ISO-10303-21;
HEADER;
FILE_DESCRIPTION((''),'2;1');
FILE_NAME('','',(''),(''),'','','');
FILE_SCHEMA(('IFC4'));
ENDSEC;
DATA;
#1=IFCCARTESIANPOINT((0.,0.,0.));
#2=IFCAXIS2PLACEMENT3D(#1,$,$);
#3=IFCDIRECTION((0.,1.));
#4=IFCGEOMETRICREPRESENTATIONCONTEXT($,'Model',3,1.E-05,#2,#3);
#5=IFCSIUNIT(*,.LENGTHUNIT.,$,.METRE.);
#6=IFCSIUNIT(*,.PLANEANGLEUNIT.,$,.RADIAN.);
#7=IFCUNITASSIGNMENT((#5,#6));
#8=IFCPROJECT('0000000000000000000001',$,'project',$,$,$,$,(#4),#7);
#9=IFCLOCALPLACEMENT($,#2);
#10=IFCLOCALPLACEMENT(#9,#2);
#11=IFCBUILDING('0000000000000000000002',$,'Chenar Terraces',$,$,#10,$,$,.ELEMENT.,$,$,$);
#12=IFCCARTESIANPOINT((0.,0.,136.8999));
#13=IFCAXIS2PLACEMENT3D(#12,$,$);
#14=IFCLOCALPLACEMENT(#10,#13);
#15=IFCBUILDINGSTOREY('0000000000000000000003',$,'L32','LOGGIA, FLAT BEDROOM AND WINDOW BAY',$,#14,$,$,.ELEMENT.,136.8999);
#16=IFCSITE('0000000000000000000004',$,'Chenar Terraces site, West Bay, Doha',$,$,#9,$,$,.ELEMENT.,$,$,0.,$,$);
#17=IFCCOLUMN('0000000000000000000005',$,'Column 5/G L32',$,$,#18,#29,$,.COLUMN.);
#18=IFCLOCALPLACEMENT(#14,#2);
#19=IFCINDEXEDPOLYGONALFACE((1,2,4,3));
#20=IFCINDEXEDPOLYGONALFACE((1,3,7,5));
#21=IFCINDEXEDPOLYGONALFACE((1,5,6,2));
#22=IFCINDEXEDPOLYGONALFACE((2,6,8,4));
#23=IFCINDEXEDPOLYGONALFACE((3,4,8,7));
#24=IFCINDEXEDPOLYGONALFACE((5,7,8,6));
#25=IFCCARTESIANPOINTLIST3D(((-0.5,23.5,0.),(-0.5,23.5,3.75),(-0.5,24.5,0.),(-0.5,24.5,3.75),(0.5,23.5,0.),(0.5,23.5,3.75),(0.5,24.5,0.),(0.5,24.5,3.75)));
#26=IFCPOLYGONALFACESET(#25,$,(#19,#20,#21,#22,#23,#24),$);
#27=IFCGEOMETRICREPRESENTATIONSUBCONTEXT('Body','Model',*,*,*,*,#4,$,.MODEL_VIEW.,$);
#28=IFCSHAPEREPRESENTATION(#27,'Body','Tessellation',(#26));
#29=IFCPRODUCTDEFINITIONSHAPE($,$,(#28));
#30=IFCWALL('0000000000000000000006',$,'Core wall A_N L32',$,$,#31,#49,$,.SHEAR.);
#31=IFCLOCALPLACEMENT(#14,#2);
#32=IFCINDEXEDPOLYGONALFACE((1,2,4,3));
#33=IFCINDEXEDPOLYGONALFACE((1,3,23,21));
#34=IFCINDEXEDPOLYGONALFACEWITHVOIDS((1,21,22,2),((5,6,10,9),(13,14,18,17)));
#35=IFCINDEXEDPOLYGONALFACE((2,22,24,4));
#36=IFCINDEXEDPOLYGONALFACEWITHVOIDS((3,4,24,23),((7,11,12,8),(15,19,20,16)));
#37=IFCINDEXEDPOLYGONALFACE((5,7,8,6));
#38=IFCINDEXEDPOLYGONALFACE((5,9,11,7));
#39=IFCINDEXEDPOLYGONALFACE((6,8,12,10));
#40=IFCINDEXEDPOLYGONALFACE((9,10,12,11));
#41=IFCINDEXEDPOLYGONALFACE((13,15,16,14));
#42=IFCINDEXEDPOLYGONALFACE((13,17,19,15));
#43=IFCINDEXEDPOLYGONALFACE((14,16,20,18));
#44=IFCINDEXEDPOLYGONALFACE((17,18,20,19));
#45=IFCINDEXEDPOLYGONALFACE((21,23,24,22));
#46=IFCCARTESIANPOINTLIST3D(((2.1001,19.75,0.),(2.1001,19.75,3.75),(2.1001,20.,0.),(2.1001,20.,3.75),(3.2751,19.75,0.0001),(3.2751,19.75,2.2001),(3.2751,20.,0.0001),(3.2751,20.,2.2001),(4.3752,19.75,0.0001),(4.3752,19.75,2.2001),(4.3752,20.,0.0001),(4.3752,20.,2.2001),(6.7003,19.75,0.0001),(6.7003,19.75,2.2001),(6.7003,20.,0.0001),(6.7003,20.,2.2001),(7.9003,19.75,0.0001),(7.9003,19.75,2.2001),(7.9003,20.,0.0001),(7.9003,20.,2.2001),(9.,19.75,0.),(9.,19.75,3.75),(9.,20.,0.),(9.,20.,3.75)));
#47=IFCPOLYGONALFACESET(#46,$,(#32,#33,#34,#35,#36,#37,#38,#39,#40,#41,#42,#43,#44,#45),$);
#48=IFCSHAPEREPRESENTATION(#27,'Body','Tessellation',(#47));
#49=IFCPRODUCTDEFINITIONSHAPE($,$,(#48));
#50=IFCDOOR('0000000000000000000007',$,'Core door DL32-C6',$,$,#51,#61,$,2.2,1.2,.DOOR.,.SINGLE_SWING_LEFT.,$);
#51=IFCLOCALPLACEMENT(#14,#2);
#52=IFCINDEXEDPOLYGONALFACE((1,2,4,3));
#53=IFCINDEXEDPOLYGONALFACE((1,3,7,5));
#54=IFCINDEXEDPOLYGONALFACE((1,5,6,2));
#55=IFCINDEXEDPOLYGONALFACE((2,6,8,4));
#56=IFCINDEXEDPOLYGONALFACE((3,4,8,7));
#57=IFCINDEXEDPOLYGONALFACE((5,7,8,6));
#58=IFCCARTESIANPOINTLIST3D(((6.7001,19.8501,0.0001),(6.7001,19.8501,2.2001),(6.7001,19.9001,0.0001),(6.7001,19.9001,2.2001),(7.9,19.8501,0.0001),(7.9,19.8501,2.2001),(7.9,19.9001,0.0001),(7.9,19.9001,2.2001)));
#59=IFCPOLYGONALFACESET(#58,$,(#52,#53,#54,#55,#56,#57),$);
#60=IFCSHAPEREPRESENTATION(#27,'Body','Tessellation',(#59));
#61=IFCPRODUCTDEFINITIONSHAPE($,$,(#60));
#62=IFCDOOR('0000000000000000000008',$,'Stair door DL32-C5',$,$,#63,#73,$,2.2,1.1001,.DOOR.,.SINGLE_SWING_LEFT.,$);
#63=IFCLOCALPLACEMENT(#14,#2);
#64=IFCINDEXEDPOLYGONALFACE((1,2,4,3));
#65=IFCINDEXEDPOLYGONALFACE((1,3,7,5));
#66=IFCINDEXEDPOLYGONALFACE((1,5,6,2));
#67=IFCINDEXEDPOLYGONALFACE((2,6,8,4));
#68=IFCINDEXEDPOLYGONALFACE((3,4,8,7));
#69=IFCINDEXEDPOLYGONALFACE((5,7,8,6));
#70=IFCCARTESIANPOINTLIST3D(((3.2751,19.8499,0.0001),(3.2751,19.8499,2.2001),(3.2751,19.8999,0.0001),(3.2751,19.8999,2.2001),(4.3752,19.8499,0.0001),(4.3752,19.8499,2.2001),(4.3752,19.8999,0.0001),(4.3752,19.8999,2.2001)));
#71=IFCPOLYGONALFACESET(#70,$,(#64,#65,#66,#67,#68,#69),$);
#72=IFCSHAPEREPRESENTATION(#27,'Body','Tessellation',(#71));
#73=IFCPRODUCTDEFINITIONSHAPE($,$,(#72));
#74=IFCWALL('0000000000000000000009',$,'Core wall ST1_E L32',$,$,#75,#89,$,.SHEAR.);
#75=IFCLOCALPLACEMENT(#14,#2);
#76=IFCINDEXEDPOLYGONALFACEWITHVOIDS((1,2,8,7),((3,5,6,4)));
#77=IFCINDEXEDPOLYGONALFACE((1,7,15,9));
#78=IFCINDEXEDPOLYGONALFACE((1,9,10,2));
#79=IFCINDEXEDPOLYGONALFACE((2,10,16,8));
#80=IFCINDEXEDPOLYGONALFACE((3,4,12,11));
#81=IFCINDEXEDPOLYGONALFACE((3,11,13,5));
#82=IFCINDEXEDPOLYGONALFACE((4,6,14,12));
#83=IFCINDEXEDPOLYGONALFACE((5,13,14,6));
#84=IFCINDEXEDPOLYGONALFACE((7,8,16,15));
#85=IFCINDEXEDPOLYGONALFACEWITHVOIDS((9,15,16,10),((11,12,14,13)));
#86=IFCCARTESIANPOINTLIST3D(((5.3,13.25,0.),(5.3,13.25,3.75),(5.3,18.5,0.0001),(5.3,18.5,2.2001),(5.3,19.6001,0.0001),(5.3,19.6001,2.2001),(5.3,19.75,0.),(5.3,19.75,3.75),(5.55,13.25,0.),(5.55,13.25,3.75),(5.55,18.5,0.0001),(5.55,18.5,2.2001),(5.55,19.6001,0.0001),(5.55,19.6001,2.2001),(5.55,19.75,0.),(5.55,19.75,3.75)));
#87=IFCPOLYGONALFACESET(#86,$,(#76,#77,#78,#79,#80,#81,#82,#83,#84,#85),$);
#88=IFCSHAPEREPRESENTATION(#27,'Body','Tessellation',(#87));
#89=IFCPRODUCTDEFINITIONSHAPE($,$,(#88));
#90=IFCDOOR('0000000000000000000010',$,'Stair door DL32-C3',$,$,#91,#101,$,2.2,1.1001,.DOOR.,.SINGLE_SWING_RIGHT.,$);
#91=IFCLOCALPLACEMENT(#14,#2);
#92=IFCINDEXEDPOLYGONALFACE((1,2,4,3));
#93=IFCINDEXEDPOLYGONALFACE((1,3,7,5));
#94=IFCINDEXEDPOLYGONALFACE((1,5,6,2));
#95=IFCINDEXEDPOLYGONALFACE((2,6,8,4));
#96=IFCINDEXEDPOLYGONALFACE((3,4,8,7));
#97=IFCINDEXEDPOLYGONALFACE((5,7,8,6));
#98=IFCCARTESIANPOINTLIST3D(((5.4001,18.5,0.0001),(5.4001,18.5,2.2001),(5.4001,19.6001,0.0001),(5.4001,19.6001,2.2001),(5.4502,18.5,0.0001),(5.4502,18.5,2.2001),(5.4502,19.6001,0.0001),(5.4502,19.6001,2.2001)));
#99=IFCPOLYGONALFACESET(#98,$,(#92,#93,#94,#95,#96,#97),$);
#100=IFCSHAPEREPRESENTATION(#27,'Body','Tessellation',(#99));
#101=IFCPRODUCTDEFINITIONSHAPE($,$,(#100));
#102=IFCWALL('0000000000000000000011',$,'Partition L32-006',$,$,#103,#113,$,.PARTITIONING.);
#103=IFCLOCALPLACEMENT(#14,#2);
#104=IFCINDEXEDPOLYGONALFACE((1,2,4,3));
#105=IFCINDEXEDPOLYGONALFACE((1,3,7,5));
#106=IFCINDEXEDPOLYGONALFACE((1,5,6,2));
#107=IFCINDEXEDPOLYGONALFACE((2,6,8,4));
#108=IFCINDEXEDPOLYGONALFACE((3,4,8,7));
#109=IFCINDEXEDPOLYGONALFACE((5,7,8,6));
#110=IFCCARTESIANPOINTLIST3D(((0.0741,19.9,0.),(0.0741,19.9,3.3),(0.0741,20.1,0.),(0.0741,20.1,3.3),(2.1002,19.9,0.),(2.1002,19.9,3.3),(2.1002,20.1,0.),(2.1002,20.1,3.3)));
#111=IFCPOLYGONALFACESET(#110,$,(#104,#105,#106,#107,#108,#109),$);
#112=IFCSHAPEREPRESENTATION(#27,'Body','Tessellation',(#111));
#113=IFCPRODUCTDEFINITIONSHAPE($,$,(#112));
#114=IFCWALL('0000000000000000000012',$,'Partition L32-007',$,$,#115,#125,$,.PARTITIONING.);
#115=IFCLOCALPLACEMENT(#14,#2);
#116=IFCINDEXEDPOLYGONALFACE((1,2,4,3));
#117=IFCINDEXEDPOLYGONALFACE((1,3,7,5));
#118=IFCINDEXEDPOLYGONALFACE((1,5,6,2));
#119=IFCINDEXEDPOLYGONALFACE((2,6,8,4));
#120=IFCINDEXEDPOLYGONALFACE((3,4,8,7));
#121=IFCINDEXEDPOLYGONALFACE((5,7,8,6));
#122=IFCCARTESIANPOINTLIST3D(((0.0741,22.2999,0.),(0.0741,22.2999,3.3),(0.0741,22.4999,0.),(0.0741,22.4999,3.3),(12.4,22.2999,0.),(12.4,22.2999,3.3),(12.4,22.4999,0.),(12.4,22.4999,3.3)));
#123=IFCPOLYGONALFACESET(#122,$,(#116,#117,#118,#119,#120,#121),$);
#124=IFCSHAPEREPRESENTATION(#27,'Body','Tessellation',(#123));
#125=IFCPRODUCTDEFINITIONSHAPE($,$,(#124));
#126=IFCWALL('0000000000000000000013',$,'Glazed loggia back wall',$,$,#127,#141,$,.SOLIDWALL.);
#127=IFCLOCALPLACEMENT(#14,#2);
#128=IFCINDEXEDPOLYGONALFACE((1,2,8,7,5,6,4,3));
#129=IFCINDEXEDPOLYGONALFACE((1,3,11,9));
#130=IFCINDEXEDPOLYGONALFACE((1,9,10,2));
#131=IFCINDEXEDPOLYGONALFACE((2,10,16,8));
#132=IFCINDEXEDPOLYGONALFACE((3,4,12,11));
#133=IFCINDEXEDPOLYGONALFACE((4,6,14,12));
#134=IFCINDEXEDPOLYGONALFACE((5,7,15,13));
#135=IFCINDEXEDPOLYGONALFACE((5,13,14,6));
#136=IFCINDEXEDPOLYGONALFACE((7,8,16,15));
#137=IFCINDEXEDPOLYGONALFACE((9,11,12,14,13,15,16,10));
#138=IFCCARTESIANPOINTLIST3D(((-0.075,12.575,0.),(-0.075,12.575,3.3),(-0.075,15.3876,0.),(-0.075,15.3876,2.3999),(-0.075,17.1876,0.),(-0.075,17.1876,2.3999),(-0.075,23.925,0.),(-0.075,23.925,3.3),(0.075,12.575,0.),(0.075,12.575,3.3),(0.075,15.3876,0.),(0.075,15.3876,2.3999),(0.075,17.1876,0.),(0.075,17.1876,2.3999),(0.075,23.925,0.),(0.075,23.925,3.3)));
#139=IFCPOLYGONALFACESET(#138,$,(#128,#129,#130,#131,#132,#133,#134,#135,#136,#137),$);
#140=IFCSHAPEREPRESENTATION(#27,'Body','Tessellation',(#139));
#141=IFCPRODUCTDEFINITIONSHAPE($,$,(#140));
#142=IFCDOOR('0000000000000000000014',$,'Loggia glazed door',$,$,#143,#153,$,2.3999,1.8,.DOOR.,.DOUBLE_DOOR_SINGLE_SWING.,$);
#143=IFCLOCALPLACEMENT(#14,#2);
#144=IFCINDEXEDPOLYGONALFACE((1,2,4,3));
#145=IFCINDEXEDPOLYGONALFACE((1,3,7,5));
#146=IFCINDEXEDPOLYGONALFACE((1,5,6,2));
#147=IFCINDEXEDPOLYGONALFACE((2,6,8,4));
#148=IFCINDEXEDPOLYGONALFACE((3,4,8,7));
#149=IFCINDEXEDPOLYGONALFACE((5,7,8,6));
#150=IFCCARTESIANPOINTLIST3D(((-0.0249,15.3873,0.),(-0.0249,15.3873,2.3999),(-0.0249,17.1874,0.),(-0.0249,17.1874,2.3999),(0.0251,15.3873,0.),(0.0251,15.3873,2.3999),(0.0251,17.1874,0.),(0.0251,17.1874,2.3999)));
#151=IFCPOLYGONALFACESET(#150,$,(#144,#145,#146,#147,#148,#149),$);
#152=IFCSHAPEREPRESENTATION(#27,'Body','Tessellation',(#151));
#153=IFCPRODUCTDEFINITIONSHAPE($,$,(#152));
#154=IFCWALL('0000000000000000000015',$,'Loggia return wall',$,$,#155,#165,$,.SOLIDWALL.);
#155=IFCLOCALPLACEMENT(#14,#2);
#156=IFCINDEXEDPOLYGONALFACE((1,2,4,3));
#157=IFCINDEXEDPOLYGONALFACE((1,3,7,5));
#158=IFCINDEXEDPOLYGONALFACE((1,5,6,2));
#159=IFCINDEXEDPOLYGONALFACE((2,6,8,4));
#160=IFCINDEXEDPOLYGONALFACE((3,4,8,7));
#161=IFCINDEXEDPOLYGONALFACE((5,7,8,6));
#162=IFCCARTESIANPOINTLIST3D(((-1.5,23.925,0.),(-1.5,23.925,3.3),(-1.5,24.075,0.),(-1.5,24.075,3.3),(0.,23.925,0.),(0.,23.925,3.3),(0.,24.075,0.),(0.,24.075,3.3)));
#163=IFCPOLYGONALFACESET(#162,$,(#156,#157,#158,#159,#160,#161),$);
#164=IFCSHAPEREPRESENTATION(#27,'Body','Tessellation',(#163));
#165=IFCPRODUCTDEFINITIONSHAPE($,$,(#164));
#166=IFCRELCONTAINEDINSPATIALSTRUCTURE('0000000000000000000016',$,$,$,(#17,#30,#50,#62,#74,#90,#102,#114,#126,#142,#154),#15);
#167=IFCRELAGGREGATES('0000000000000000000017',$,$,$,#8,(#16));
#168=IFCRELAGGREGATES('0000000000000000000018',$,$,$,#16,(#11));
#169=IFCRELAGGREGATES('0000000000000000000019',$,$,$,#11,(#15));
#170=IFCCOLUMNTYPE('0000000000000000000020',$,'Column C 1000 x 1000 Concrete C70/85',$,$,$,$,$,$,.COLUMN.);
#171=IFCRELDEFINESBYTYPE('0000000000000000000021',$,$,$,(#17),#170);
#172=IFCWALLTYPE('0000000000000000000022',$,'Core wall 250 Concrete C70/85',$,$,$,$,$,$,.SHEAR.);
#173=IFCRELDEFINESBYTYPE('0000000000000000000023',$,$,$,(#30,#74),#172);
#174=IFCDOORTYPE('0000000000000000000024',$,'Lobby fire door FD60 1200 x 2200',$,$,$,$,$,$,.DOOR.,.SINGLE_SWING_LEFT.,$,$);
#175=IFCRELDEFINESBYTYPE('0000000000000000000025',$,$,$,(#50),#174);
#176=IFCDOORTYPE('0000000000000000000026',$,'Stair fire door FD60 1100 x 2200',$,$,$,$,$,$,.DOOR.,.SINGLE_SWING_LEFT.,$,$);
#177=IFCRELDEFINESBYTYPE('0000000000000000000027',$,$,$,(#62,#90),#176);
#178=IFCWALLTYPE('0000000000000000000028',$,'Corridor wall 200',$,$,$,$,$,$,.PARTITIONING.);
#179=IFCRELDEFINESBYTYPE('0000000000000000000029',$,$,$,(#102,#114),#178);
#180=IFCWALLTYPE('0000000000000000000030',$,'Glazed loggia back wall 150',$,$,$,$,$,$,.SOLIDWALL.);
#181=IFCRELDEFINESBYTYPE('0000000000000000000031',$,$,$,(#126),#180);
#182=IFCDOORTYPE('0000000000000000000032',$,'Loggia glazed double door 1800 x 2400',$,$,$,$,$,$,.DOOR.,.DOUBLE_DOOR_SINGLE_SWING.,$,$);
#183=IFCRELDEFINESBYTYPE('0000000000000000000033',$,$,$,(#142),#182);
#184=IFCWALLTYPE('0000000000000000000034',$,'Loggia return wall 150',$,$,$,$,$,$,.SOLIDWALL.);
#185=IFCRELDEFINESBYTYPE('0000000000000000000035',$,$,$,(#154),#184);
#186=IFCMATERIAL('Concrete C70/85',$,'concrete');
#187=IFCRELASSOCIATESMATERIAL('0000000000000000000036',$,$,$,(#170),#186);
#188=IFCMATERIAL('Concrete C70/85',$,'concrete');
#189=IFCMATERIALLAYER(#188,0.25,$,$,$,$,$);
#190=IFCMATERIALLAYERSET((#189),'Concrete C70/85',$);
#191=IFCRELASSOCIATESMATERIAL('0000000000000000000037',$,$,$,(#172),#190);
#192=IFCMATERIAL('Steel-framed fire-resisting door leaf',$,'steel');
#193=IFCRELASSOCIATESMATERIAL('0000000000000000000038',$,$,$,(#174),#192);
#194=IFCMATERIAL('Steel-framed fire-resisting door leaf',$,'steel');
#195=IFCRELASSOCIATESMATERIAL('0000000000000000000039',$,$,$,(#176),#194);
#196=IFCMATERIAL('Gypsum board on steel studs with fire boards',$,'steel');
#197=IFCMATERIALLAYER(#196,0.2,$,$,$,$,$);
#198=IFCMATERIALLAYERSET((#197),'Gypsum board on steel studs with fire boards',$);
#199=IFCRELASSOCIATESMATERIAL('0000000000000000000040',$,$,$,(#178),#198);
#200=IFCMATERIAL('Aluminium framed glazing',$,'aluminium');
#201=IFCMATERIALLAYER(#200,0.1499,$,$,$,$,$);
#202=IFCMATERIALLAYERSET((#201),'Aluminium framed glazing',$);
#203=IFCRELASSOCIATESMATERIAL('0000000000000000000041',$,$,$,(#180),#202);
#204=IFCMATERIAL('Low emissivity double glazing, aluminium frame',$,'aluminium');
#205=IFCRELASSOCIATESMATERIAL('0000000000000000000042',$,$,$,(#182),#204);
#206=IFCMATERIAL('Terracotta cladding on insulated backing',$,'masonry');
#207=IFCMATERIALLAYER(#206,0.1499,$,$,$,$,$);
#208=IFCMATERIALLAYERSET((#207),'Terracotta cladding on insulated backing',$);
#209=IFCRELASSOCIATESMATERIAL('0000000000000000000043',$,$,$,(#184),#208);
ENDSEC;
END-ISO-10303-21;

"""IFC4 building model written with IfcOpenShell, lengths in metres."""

from ifc_helpers import new_model, si_unit, direction, frame, frame_2d, origin, origin_2d, place, context, subcontext, project, spatial, rectangle, extrude, material, layer, layer_set, material_profile, profile_set, type_object, element, fill, save


model = new_model("IFC4")

# Units and contexts
model_context = context("Model", 3, precision=1e-05, world=origin(), true_north=direction((0.0, 1.0)))
body_context = subcontext(model_context, "Body", "Model", "MODEL_VIEW")
ifc_project = project(units=[si_unit("LENGTHUNIT", "METRE"), si_unit("PLANEANGLEUNIT", "RADIAN")], contexts=[model_context])

# Site, building, storey
site_placement = place(None, origin())
site = spatial("IfcSite", under=ifc_project, at=site_placement, Name="Chenar Terraces site, West Bay, Doha", CompositionType="ELEMENT", RefElevation=0.0)
building_placement = place(site_placement, origin())
building = spatial("IfcBuilding", under=site, at=building_placement, Name="Chenar Terraces", CompositionType="ELEMENT")
storey_placement = place(building_placement, frame((0.0, 0.0, 136.8999)))
storey = spatial("IfcBuildingStorey", under=building, at=storey_placement, Name="L32", Description="LOGGIA, FLAT BEDROOM AND WINDOW BAY", CompositionType="ELEMENT", Elevation=136.8999)

# Column
ifc_material_1 = material(Name="Concrete C70/85", Category="concrete")
ifc_material_profile = material_profile(ifc_material_1, rectangle(XDim=1.0, YDim=1.0, at=origin_2d()), Name="C 1000 x 1000")
ifc_profile_set = profile_set([ifc_material_profile], Name="Concrete C70/85")
column_type = type_object("IfcColumnType", Name="Column C 1000 x 1000 Concrete C70/85", PredefinedType="COLUMN", material=ifc_profile_set)
column_placement = place(storey_placement, frame((0.0, 24.0, 0.0), z_axis=(0.0, 0.0, 1.0), x_axis=(1.0, 0.0, 0.0)))
element("IfcColumn", 1, at=column_placement, inside=storey, type_object=column_type, Name="Column 5/G L32", PredefinedType="COLUMN", context=body_context, shape_type="SweptSolid", body=[
    extrude(rectangle(XDim=1.0, YDim=1.0, at=origin_2d()), origin(), (0.0, 0.0, 1.0), 3.75),
])

# Wall, openings, doors
ifc_material_2 = material(Name="Concrete C70/85", Category="concrete")
ifc_layer_1 = layer(ifc_material_2, 0.25)
ifc_layer_set_1 = layer_set([ifc_layer_1], Name="Concrete C70/85")
wall_type_1 = type_object("IfcWallType", Name="Core wall 250 Concrete C70/85", PredefinedType="SHEAR", material=ifc_layer_set_1)
wall_1_placement = place(storey_placement, frame((2.1001, 19.875, 0.0), z_axis=(0.0, 0.0, 1.0), x_axis=(1.0, 0.0, 0.0)))
wall_1 = element("IfcWall", 2, at=wall_1_placement, inside=storey, type_object=wall_type_1, Name="Core wall A_N L32", PredefinedType="SHEAR", context=body_context, shape_type="SweptSolid", body=[
    extrude(rectangle(XDim=6.8999, YDim=0.25, at=frame_2d((3.45, 0.0))), origin(), (0.0, 0.0, 1.0), 3.75),
])
opening_1_placement = place(wall_1_placement, frame((1.175, 0.0, 0.0)))
opening_1 = element("IfcOpeningElement", 3, at=opening_1_placement, cuts=wall_1, PredefinedType="OPENING", context=body_context, shape_type="SweptSolid", body=[
    extrude(rectangle(XDim=1.1001, YDim=2.2, at=frame_2d((0.55, 1.1001))), frame((0.0, 0.135, 0.0), z_axis=(0.0, -1.0, 0.0), x_axis=(1.0, 0.0, 0.0)), (0.0, 0.0, 1.0), 0.27),
])
opening_2_placement = place(wall_1_placement, frame((4.6001, 0.0, 0.0)))
opening_2 = element("IfcOpeningElement", 4, at=opening_2_placement, cuts=wall_1, PredefinedType="OPENING", context=body_context, shape_type="SweptSolid", body=[
    extrude(rectangle(XDim=1.2, YDim=2.2, at=frame_2d((0.6001, 1.1001))), frame((0.0, 0.135, 0.0), z_axis=(0.0, -1.0, 0.0), x_axis=(1.0, 0.0, 0.0)), (0.0, 0.0, 1.0), 0.27),
])
ifc_material_3 = material(Name="Steel-framed fire-resisting door leaf", Category="steel")
door_type_1 = type_object("IfcDoorType", Name="Lobby fire door FD60 1200 x 2200", OperationType="SINGLE_SWING_LEFT", PredefinedType="DOOR", material=ifc_material_3)
door_1_placement = place(opening_2_placement, frame((1.2, 0.0, 0.0), z_axis=(0.0, 0.0, 1.0), x_axis=(-1.0, 0.0, 0.0)))
door_1 = element("IfcDoor", 5, at=door_1_placement, inside=storey, type_object=door_type_1, Name="Core door DL32-C6", OperationType="SINGLE_SWING_LEFT", OverallHeight=2.2, OverallWidth=1.2, PredefinedType="DOOR", context=body_context, shape_type="SweptSolid", body=[
    extrude(rectangle(XDim=1.2, YDim=2.2, at=frame_2d((0.6001, 1.1001))), frame((0.0, 0.0249, 0.0), z_axis=(0.0, -1.0, 0.0), x_axis=(1.0, 0.0, 0.0)), (0.0, 0.0, 1.0), 0.05),
])
fill(opening_2, door_1)
ifc_material_4 = material(Name="Steel-framed fire-resisting door leaf", Category="steel")
door_type_2 = type_object("IfcDoorType", Name="Stair fire door FD60 1100 x 2200", OperationType="SINGLE_SWING_LEFT", PredefinedType="DOOR", material=ifc_material_4)
door_2_placement = place(opening_1_placement, origin())
door_2 = element("IfcDoor", 6, at=door_2_placement, inside=storey, type_object=door_type_2, Name="Stair door DL32-C5", OperationType="SINGLE_SWING_LEFT", OverallHeight=2.2, OverallWidth=1.1001, PredefinedType="DOOR", context=body_context, shape_type="SweptSolid", body=[
    extrude(rectangle(XDim=1.1001, YDim=2.2, at=frame_2d((0.55, 1.1001))), frame((0.0, 0.0249, 0.0), z_axis=(0.0, -1.0, 0.0), x_axis=(1.0, 0.0, 0.0)), (0.0, 0.0, 1.0), 0.05),
])
fill(opening_1, door_2)

# Wall, opening, door
wall_2_placement = place(storey_placement, frame((5.425, 13.25, 0.0), z_axis=(0.0, 0.0, 1.0), x_axis=(0.0, 1.0, 0.0)))
wall_2 = element("IfcWall", 7, at=wall_2_placement, inside=storey, type_object=wall_type_1, Name="Core wall ST1_E L32", PredefinedType="SHEAR", context=body_context, shape_type="SweptSolid", body=[
    extrude(rectangle(XDim=6.5, YDim=0.25, at=frame_2d((3.25, 0.0))), origin(), (0.0, 0.0, 1.0), 3.75),
])
opening_3_placement = place(wall_2_placement, frame((5.25, 0.0, 0.0)))
opening_3 = element("IfcOpeningElement", 8, at=opening_3_placement, cuts=wall_2, PredefinedType="OPENING", context=body_context, shape_type="SweptSolid", body=[
    extrude(rectangle(XDim=1.1001, YDim=2.2, at=frame_2d((0.55, 1.1001))), frame((0.0, 0.135, 0.0), z_axis=(0.0, -1.0, 0.0), x_axis=(1.0, 0.0, 0.0)), (0.0, 0.0, 1.0), 0.27),
])
door_3_placement = place(opening_3_placement, origin())
door_3 = element("IfcDoor", 9, at=door_3_placement, inside=storey, type_object=door_type_2, Name="Stair door DL32-C3", OperationType="SINGLE_SWING_RIGHT", OverallHeight=2.2, OverallWidth=1.1001, PredefinedType="DOOR", context=body_context, shape_type="SweptSolid", body=[
    extrude(rectangle(XDim=1.1001, YDim=2.2, at=frame_2d((0.55, 1.1001))), frame((0.0, 0.0249, 0.0), z_axis=(0.0, -1.0, 0.0), x_axis=(1.0, 0.0, 0.0)), (0.0, 0.0, 1.0), 0.05),
])
fill(opening_3, door_3)

# Walls
ifc_material_5 = material(Name="Gypsum board on steel studs with fire boards", Category="steel")
ifc_layer_2 = layer(ifc_material_5, 0.2)
ifc_layer_set_2 = layer_set([ifc_layer_2], Name="Gypsum board on steel studs with fire boards")
wall_type_2 = type_object("IfcWallType", Name="Corridor wall 200", PredefinedType="PARTITIONING", material=ifc_layer_set_2)
wall_3_placement = place(storey_placement, frame((0.074, 20.0, 0.0), z_axis=(0.0, 0.0, 1.0), x_axis=(1.0, 0.0, 0.0)))
element("IfcWall", 10, at=wall_3_placement, inside=storey, type_object=wall_type_2, Name="Partition L32-006", PredefinedType="PARTITIONING", context=body_context, shape_type="SweptSolid", body=[
    extrude(rectangle(XDim=2.0261, YDim=0.2, at=frame_2d((1.0132, 0.0))), origin(), (0.0, 0.0, 1.0), 3.3),
])
wall_4_placement = place(storey_placement, frame((0.074, 22.3999, 0.0), z_axis=(0.0, 0.0, 1.0), x_axis=(1.0, 0.0, 0.0)))
element("IfcWall", 11, at=wall_4_placement, inside=storey, type_object=wall_type_2, Name="Partition L32-007", PredefinedType="PARTITIONING", context=body_context, shape_type="SweptSolid", body=[
    extrude(rectangle(XDim=12.3259, YDim=0.2, at=frame_2d((6.1631, 0.0))), origin(), (0.0, 0.0, 1.0), 3.3),
])

# Wall, opening, door
ifc_material_6 = material(Name="Aluminium framed glazing", Category="aluminium")
ifc_layer_3 = layer(ifc_material_6, 0.1499)
ifc_layer_set_3 = layer_set([ifc_layer_3], Name="Aluminium framed glazing")
wall_type_3 = type_object("IfcWallType", Name="Glazed loggia back wall 150", PredefinedType="SOLIDWALL", material=ifc_layer_set_3)
wall_5_placement = place(storey_placement, frame((0.0, 23.925, 0.0), z_axis=(0.0, 0.0, 1.0), x_axis=(0.0, -1.0, 0.0)))
wall_5 = element("IfcWall", 12, at=wall_5_placement, inside=storey, type_object=wall_type_3, Name="Glazed loggia back wall", PredefinedType="SOLIDWALL", context=body_context, shape_type="SweptSolid", body=[
    extrude(rectangle(XDim=11.3501, YDim=0.1499, at=frame_2d((5.675, 0.0))), origin(), (0.0, 0.0, 1.0), 3.3),
])
opening_4_placement = place(wall_5_placement, frame((6.7375, 0.0, 0.0)))
opening_4 = element("IfcOpeningElement", 13, at=opening_4_placement, cuts=wall_5, PredefinedType="OPENING", context=body_context, shape_type="SweptSolid", body=[
    extrude(rectangle(XDim=1.8, YDim=2.3999, at=frame_2d((0.8999, 1.2))), frame((0.0, 0.085, 0.0), z_axis=(0.0, -1.0, 0.0), x_axis=(1.0, 0.0, 0.0)), (0.0, 0.0, 1.0), 0.1699),
])
ifc_material_7 = material(Name="Low emissivity double glazing, aluminium frame", Category="aluminium")
door_type_3 = type_object("IfcDoorType", Name="Loggia glazed double door 1800 x 2400", OperationType="DOUBLE_DOOR_SINGLE_SWING", PredefinedType="DOOR", material=ifc_material_7)
door_4_placement = place(opening_4_placement, frame((1.8, 0.0, 0.0), z_axis=(0.0, 0.0, 1.0), x_axis=(-1.0, 0.0, 0.0)))
door_4 = element("IfcDoor", 14, at=door_4_placement, inside=storey, type_object=door_type_3, Name="Loggia glazed door", OperationType="DOUBLE_DOOR_SINGLE_SWING", OverallHeight=2.3999, OverallWidth=1.8, PredefinedType="DOOR", context=body_context, shape_type="SweptSolid", body=[
    extrude(rectangle(XDim=1.8, YDim=2.3999, at=frame_2d((0.8999, 1.2))), frame((0.0, 0.0249, 0.0), z_axis=(0.0, -1.0, 0.0), x_axis=(1.0, 0.0, 0.0)), (0.0, 0.0, 1.0), 0.05),
])
fill(opening_4, door_4)

# Wall
ifc_material_8 = material(Name="Terracotta cladding on insulated backing", Category="masonry")
ifc_layer_4 = layer(ifc_material_8, 0.1499)
ifc_layer_set_4 = layer_set([ifc_layer_4], Name="Terracotta cladding on insulated backing")
wall_type_4 = type_object("IfcWallType", Name="Loggia return wall 150", PredefinedType="SOLIDWALL", material=ifc_layer_set_4)
wall_6_placement = place(storey_placement, frame((-1.5, 24.0, 0.0), z_axis=(0.0, 0.0, 1.0), x_axis=(1.0, 0.0, 0.0)))
element("IfcWall", 15, at=wall_6_placement, inside=storey, type_object=wall_type_4, Name="Loggia return wall", PredefinedType="SOLIDWALL", context=body_context, shape_type="SweptSolid", body=[
    extrude(rectangle(XDim=1.5, YDim=0.1499, at=frame_2d((0.75, 0.0))), origin(), (0.0, 0.0, 1.0), 3.3),
])

save(model, "model.ifc")
